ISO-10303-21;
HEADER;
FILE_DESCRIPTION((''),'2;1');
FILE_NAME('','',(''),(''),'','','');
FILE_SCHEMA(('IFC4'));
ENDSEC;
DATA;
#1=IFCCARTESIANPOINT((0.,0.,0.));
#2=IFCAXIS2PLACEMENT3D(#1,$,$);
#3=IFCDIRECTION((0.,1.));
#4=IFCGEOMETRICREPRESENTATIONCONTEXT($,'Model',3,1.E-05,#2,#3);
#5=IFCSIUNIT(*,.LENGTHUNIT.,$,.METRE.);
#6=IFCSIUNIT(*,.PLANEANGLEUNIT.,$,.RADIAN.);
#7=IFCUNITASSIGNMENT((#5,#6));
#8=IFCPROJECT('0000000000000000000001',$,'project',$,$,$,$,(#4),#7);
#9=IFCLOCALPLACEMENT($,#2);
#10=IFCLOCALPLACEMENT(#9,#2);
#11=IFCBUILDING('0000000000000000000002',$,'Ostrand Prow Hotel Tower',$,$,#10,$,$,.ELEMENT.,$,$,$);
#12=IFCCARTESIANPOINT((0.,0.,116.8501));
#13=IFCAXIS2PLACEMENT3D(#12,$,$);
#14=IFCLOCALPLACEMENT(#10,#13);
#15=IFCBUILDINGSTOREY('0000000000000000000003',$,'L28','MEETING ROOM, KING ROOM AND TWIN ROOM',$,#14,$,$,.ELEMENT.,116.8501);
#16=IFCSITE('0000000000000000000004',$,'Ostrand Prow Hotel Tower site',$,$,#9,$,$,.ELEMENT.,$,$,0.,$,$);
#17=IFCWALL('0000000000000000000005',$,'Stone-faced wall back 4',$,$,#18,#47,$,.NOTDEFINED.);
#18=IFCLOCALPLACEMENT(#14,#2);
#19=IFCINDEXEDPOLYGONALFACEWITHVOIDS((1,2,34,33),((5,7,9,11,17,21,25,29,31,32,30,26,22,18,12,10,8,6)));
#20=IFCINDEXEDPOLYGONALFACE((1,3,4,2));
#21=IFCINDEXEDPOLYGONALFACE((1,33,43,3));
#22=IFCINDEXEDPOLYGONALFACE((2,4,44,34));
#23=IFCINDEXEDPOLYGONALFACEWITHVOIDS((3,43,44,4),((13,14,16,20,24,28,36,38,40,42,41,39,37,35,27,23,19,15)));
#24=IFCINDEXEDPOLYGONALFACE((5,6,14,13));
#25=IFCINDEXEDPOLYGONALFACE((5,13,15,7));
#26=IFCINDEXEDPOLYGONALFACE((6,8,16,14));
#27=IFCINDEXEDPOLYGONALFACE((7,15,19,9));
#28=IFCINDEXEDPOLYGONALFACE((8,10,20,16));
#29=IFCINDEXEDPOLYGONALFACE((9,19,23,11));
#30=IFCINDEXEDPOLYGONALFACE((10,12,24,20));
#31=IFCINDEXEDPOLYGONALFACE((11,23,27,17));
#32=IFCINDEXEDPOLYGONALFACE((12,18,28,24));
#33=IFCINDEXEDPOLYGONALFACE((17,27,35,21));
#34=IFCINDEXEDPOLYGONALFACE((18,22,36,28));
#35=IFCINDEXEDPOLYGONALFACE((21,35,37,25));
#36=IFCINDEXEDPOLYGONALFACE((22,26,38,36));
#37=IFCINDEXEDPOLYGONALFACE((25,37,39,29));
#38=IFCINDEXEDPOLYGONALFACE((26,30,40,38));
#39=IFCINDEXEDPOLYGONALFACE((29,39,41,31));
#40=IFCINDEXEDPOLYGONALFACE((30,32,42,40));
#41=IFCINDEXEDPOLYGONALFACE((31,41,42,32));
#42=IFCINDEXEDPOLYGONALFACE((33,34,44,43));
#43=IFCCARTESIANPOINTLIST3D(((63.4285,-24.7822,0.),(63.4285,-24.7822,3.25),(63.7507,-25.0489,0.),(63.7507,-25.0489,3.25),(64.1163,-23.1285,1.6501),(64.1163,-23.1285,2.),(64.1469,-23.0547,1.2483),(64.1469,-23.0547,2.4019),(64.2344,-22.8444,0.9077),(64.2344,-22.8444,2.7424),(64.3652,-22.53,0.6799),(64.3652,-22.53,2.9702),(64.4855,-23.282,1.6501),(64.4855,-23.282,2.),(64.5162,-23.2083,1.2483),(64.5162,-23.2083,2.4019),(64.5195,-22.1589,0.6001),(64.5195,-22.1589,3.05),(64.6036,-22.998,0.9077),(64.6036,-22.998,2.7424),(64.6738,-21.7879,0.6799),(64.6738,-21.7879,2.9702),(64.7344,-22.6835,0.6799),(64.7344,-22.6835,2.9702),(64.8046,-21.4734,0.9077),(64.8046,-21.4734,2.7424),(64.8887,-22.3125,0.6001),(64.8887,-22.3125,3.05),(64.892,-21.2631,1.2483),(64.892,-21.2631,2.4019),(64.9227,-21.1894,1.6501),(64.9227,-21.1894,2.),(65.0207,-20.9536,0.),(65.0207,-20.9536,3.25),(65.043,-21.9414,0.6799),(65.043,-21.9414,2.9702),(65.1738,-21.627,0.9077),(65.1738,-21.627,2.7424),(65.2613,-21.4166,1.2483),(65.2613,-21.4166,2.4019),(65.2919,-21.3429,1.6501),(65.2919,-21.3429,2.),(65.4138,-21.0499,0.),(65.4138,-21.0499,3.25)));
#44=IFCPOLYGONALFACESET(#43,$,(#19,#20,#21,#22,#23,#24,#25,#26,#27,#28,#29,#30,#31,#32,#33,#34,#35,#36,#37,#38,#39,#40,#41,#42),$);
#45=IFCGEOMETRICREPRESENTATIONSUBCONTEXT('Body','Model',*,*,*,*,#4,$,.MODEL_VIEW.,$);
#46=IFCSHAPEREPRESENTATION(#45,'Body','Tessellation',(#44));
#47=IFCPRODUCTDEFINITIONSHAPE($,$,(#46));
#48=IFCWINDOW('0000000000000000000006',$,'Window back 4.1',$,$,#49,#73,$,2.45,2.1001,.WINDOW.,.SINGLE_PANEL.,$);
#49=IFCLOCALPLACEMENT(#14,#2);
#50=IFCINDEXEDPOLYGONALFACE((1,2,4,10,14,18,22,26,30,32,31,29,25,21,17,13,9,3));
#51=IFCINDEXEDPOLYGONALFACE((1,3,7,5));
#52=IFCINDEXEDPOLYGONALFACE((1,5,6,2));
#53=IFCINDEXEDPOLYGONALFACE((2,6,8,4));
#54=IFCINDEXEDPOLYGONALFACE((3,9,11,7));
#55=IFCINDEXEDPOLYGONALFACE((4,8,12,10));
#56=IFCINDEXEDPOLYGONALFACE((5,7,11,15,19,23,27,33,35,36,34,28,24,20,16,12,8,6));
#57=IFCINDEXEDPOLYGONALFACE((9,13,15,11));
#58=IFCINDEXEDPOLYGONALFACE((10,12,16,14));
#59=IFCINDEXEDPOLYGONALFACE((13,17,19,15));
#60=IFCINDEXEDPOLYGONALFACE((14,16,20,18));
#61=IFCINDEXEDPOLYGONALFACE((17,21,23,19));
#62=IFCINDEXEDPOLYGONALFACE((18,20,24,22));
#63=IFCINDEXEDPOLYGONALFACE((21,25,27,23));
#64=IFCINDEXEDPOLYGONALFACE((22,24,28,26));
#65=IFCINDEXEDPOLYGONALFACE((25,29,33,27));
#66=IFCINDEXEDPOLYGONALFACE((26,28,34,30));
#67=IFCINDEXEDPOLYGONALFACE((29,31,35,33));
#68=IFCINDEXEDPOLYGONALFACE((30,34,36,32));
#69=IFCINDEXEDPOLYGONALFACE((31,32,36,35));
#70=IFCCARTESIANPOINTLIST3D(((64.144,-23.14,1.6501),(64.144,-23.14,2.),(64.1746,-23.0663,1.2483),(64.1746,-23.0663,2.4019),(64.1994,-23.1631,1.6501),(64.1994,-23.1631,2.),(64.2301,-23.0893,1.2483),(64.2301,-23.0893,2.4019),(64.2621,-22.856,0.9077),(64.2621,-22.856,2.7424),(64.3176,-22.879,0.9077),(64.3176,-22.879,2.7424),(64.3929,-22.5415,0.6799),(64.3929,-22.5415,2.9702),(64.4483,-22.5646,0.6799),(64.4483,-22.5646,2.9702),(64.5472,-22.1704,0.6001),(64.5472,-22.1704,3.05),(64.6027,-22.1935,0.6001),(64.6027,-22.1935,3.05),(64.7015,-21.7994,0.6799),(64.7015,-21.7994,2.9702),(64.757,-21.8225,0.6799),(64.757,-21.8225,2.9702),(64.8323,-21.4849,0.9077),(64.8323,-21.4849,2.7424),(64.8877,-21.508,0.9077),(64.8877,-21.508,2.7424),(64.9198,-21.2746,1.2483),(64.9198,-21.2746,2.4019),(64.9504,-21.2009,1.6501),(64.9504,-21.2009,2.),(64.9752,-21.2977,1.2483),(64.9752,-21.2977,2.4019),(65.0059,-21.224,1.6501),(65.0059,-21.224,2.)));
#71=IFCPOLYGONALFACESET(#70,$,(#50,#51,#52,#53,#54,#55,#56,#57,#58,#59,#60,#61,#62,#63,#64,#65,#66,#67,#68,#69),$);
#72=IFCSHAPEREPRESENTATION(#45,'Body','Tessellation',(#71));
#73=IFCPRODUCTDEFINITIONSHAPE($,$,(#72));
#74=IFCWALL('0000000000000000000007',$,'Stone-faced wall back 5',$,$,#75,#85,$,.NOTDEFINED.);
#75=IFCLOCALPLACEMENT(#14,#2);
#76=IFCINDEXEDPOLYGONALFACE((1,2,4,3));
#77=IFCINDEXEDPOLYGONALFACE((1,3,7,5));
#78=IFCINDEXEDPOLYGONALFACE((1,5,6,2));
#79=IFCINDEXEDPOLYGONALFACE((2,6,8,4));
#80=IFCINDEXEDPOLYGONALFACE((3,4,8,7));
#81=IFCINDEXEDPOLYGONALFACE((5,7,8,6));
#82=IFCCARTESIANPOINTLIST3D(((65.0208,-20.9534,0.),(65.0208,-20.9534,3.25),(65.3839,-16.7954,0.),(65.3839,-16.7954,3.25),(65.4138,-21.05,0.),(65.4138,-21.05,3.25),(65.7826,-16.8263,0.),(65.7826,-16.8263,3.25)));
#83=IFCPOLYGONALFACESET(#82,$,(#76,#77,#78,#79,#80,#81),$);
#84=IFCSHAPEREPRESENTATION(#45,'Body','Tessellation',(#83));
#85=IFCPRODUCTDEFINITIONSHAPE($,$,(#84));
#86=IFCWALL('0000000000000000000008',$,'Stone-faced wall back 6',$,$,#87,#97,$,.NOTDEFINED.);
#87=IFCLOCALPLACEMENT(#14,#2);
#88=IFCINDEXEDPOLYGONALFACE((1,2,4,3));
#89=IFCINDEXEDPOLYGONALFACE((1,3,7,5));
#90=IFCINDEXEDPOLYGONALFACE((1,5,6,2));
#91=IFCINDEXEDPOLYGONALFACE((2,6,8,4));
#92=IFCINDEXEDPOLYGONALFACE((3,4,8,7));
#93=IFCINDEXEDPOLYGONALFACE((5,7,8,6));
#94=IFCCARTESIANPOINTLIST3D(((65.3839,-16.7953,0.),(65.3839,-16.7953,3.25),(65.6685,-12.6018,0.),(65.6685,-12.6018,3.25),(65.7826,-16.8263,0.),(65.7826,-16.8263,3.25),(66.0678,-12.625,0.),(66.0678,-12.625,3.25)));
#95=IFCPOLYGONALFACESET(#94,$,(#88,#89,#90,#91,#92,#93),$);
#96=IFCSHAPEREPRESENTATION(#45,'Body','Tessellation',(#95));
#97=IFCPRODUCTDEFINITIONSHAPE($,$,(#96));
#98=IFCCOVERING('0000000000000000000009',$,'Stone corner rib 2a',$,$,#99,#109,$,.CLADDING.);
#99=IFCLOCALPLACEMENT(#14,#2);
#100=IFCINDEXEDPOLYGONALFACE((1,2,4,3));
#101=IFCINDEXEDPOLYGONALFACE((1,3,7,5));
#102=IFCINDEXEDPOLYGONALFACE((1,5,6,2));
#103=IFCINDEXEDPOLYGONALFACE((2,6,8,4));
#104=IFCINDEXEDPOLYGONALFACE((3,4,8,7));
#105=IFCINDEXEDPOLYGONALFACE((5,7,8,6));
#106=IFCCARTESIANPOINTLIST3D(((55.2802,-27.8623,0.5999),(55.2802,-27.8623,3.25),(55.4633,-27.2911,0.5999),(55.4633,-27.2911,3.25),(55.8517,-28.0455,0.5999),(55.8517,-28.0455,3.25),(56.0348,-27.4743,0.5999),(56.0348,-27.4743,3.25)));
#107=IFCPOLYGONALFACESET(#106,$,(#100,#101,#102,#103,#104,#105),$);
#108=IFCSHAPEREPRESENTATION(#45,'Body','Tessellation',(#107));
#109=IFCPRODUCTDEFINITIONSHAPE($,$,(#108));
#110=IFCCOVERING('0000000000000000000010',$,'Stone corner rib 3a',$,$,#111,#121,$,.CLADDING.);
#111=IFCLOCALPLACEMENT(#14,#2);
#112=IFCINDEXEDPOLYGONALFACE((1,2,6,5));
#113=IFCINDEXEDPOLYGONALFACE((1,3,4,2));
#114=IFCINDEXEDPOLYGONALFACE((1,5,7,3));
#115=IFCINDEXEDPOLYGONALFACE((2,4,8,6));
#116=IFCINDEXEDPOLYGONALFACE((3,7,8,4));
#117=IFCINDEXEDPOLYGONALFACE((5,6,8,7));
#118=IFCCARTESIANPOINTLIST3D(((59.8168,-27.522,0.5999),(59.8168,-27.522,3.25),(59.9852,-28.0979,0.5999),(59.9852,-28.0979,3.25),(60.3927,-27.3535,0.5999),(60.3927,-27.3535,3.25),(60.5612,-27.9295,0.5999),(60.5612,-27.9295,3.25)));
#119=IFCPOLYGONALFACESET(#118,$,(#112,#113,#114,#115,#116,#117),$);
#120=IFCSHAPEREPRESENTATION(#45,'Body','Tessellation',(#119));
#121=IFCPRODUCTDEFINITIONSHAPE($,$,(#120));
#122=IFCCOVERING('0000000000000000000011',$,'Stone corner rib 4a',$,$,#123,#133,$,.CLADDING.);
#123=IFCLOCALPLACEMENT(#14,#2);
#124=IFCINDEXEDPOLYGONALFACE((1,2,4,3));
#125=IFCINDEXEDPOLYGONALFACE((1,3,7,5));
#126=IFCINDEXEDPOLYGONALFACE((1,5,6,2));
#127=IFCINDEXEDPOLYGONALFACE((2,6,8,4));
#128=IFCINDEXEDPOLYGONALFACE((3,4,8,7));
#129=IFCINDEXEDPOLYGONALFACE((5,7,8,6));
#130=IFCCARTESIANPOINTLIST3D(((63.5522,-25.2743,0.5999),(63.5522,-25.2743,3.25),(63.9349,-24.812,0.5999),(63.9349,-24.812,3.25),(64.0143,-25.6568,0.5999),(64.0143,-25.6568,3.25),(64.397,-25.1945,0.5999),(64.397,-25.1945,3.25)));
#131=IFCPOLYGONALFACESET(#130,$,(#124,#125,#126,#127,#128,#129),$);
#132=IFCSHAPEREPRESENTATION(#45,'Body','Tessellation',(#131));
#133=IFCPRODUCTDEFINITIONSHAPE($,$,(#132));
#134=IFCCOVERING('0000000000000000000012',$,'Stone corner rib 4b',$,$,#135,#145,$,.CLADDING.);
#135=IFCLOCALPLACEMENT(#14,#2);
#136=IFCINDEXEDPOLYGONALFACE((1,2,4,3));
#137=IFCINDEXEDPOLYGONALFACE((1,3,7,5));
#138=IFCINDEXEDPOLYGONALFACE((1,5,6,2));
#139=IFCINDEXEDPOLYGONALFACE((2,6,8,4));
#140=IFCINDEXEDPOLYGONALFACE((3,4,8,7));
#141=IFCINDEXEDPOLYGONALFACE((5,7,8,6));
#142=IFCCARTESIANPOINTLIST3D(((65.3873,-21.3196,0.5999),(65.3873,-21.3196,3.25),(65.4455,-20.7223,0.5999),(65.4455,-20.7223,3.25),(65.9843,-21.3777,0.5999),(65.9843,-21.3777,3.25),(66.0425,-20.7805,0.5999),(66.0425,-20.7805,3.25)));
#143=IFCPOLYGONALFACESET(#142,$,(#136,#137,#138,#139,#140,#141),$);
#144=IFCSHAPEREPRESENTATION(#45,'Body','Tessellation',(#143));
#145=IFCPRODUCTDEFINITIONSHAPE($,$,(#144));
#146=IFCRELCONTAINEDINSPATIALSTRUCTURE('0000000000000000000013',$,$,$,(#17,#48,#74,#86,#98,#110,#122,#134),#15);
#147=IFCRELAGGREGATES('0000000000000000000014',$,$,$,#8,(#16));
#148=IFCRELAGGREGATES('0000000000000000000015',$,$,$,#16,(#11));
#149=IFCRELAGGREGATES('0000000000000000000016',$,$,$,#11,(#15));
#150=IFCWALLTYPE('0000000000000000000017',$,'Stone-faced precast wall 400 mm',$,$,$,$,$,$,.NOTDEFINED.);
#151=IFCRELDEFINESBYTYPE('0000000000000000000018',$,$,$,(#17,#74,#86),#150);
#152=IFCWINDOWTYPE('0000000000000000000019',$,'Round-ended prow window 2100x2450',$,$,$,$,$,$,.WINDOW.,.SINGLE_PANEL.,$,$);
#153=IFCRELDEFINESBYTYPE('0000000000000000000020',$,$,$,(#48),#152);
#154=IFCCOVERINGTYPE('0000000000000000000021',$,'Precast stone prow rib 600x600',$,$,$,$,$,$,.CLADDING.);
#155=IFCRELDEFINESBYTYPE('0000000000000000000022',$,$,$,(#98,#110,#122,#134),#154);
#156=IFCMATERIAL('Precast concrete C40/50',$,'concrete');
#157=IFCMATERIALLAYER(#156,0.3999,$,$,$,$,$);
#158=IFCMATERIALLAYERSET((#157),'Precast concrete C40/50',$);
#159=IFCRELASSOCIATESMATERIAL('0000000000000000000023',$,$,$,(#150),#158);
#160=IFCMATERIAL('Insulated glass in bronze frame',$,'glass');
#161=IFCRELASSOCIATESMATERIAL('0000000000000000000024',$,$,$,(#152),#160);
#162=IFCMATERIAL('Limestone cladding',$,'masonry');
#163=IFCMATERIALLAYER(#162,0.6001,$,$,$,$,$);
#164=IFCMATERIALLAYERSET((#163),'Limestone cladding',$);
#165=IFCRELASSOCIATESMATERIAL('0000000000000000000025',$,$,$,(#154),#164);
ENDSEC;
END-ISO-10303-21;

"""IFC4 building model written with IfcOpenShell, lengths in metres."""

from ifc_helpers import new_model, si_unit, direction, frame, frame_2d, origin, place, context, subcontext, project, spatial, polyline, rectangle, outline, extrude, material, layer, layer_set, type_object, element, fill, save


model = new_model("IFC4")

# Units and contexts
model_context = context("Model", 3, precision=1e-05, world=origin(), true_north=direction((0.0, 1.0)))
body_context = subcontext(model_context, "Body", "Model", "MODEL_VIEW")
ifc_project = project(units=[si_unit("LENGTHUNIT", "METRE"), si_unit("PLANEANGLEUNIT", "RADIAN")], contexts=[model_context])

# Site, building, storey
site_placement = place(None, origin())
site = spatial("IfcSite", under=ifc_project, at=site_placement, Name="Ostrand Prow Hotel Tower site", CompositionType="ELEMENT", RefElevation=0.0)
building_placement = place(site_placement, origin())
building = spatial("IfcBuilding", under=site, at=building_placement, Name="Ostrand Prow Hotel Tower", CompositionType="ELEMENT")
storey_placement = place(building_placement, frame((0.0, 0.0, 116.8501)))
storey = spatial("IfcBuildingStorey", under=building, at=storey_placement, Name="L28", Description="MEETING ROOM, KING ROOM AND TWIN ROOM", CompositionType="ELEMENT", Elevation=116.8501)

# Wall, opening, window
ifc_material_1 = material(Name="Precast concrete C40/50", Category="concrete")
ifc_layer_1 = layer(ifc_material_1, 0.3999)
ifc_layer_set_1 = layer_set([ifc_layer_1], Name="Precast concrete C40/50")
wall_type_1 = type_object("IfcWallType", Name="Stone-faced precast wall 400 mm", PredefinedType="NOTDEFINED", material=ifc_layer_set_1)
wall_1_placement = place(storey_placement, frame((63.5896, -24.9155, 0.0), z_axis=(0.0, 0.0, 1.0), x_axis=(0.383998, 0.923334, 0.0)))
wall_1 = element("IfcWall", 1, at=wall_1_placement, inside=storey, type_object=wall_type_1, Name="Stone-faced wall back 4", PredefinedType="NOTDEFINED", context=body_context, shape_type="SweptSolid", body=[
    extrude(outline(polyline([(-0.0613, -0.2), (4.2698, -0.2), (4.2078, 0.2), (0.0613, 0.2), (-0.0613, -0.2)])), origin(), (0.0, 0.0, 1.0), 3.25),
])
opening_1_placement = place(wall_1_placement, frame((1.8523, 0.0, 0.6001)))
opening_1 = element("IfcOpeningElement", 2, at=opening_1_placement, cuts=wall_1, PredefinedType="OPENING", context=body_context, shape_type="SweptSolid", body=[
    extrude(outline(polyline([(0.0, 1.3999), (0.0798, 1.8018), (0.3076, 2.1423), (0.6482, 2.3701), (1.05, 2.45), (1.4519, 2.3701), (1.7925, 2.1423), (2.0203, 1.8018), (2.1001, 1.3999), (2.1001, 1.05), (2.0203, 0.6482), (1.7925, 0.3076), (1.4519, 0.0798), (1.05, 0.0), (0.6482, 0.0798), (0.3076, 0.3076), (0.0798, 0.6482), (0.0, 1.05), (0.0, 1.3999)])), frame((0.0, 0.21, 0.0), z_axis=(0.0, -1.0, 0.0), x_axis=(1.0, 0.0, 0.0)), (0.0, 0.0, 1.0), 0.4199),
])
ifc_material_2 = material(Name="Insulated glass in bronze frame", Category="glass")
window_type_1 = type_object("IfcWindowType", Name="Round-ended prow window 2100x2450", PartitioningType="SINGLE_PANEL", PredefinedType="WINDOW", material=ifc_material_2)
window_1_placement = place(opening_1_placement, origin())
window_1 = element("IfcWindow", 3, at=window_1_placement, inside=storey, type_object=window_type_1, Name="Window back 4.1", OverallHeight=2.45, OverallWidth=2.1001, PartitioningType="SINGLE_PANEL", PredefinedType="WINDOW", context=body_context, shape_type="SweptSolid", body=[
    extrude(outline(polyline([(0.0, 1.3999), (0.0798, 1.8018), (0.3076, 2.1423), (0.6482, 2.3701), (1.05, 2.45), (1.4519, 2.3701), (1.7925, 2.1423), (2.0203, 1.8018), (2.1001, 1.3999), (2.1001, 1.05), (2.0203, 0.6482), (1.7925, 0.3076), (1.4519, 0.0798), (1.05, 0.0), (0.6482, 0.0798), (0.3076, 0.3076), (0.0798, 0.6482), (0.0, 1.05), (0.0, 1.3999)])), frame((0.0, 0.1699, 0.0), z_axis=(0.0, -1.0, 0.0), x_axis=(1.0, 0.0, 0.0)), (0.0, 0.0, 1.0), 0.0601),
])
fill(opening_1, window_1)

# Walls
wall_2_placement = place(storey_placement, frame((65.2173, -21.0017, 0.0), z_axis=(0.0, 0.0, 1.0), x_axis=(0.086993, 0.996209, 0.0)))
element("IfcWall", 4, at=wall_2_placement, inside=storey, type_object=wall_type_1, Name="Stone-faced wall back 5", PredefinedType="NOTDEFINED", context=body_context, shape_type="SweptSolid", body=[
    extrude(outline(polyline([(-0.031, -0.2), (4.2087, -0.2), (4.2048, 0.2), (0.031, 0.2), (-0.031, -0.2)])), origin(), (0.0, 0.0, 1.0), 3.25),
])
wall_3_placement = place(storey_placement, frame((65.5833, -16.8108, 0.0), z_axis=(0.0, 0.0, 1.0), x_axis=(0.067725, 0.997704, 0.0)))
element("IfcWall", 5, at=wall_3_placement, inside=storey, type_object=wall_type_1, Name="Stone-faced wall back 6", PredefinedType="NOTDEFINED", context=body_context, shape_type="SweptSolid", body=[
    extrude(outline(polyline([(-0.002, -0.2), (4.209, -0.2), (4.2051, 0.2), (0.002, 0.2), (-0.002, -0.2)])), origin(), (0.0, 0.0, 1.0), 3.25),
])

# Coverings
ifc_material_3 = material(Name="Limestone cladding", Category="masonry")
ifc_layer_2 = layer(ifc_material_3, 0.6001)
ifc_layer_set_2 = layer_set([ifc_layer_2], Name="Limestone cladding")
covering_type = type_object("IfcCoveringType", Name="Precast stone prow rib 600x600", PredefinedType="CLADDING", material=ifc_layer_set_2)
covering_1_placement = place(storey_placement, frame((55.749, -27.3828, 0.5999), z_axis=(0.0, 0.0, 1.0), x_axis=(-0.305219, -0.952282, 0.0)))
element("IfcCovering", 6, at=covering_1_placement, inside=storey, type_object=covering_type, Name="Stone corner rib 2a", PredefinedType="CLADDING", context=body_context, shape_type="SweptSolid", body=[
    extrude(rectangle(XDim=0.5999, YDim=0.6001, at=frame_2d((0.2998, 0.0))), origin(), (0.0, 0.0, 1.0), 2.6501),
])
covering_2_placement = place(storey_placement, frame((60.1047, -27.4377, 0.5999), z_axis=(0.0, 0.0, 1.0), x_axis=(0.280734, -0.959786, 0.0)))
element("IfcCovering", 7, at=covering_2_placement, inside=storey, type_object=covering_type, Name="Stone corner rib 3a", PredefinedType="CLADDING", context=body_context, shape_type="SweptSolid", body=[
    extrude(rectangle(XDim=0.6001, YDim=0.6001, at=frame_2d((0.3, 0.0))), origin(), (0.0, 0.0, 1.0), 2.6501),
])
for number, where, z_axis, x_axis, name in (
    (8, (63.7437, -25.0432, 0.5999), (0.0, 0.0, 1.0), (0.770319, -0.637659, 0.0), "Stone corner rib 4a"),
    (9, (65.4165, -21.021, 0.5999), (0.0, 0.0, 1.0), (0.995296, -0.096884, 0.0), "Stone corner rib 4b"),
):
    element("IfcCovering", number, at=place(storey_placement, frame(where, z_axis=z_axis, x_axis=x_axis)), inside=storey, type_object=covering_type, Name=name, PredefinedType="CLADDING", context=body_context, shape_type="SweptSolid", body=[
        extrude(rectangle(XDim=0.5999, YDim=0.6001, at=frame_2d((0.2998, 0.0))), origin(), (0.0, 0.0, 1.0), 2.6501),
    ])

save(model, "model.ifc")
